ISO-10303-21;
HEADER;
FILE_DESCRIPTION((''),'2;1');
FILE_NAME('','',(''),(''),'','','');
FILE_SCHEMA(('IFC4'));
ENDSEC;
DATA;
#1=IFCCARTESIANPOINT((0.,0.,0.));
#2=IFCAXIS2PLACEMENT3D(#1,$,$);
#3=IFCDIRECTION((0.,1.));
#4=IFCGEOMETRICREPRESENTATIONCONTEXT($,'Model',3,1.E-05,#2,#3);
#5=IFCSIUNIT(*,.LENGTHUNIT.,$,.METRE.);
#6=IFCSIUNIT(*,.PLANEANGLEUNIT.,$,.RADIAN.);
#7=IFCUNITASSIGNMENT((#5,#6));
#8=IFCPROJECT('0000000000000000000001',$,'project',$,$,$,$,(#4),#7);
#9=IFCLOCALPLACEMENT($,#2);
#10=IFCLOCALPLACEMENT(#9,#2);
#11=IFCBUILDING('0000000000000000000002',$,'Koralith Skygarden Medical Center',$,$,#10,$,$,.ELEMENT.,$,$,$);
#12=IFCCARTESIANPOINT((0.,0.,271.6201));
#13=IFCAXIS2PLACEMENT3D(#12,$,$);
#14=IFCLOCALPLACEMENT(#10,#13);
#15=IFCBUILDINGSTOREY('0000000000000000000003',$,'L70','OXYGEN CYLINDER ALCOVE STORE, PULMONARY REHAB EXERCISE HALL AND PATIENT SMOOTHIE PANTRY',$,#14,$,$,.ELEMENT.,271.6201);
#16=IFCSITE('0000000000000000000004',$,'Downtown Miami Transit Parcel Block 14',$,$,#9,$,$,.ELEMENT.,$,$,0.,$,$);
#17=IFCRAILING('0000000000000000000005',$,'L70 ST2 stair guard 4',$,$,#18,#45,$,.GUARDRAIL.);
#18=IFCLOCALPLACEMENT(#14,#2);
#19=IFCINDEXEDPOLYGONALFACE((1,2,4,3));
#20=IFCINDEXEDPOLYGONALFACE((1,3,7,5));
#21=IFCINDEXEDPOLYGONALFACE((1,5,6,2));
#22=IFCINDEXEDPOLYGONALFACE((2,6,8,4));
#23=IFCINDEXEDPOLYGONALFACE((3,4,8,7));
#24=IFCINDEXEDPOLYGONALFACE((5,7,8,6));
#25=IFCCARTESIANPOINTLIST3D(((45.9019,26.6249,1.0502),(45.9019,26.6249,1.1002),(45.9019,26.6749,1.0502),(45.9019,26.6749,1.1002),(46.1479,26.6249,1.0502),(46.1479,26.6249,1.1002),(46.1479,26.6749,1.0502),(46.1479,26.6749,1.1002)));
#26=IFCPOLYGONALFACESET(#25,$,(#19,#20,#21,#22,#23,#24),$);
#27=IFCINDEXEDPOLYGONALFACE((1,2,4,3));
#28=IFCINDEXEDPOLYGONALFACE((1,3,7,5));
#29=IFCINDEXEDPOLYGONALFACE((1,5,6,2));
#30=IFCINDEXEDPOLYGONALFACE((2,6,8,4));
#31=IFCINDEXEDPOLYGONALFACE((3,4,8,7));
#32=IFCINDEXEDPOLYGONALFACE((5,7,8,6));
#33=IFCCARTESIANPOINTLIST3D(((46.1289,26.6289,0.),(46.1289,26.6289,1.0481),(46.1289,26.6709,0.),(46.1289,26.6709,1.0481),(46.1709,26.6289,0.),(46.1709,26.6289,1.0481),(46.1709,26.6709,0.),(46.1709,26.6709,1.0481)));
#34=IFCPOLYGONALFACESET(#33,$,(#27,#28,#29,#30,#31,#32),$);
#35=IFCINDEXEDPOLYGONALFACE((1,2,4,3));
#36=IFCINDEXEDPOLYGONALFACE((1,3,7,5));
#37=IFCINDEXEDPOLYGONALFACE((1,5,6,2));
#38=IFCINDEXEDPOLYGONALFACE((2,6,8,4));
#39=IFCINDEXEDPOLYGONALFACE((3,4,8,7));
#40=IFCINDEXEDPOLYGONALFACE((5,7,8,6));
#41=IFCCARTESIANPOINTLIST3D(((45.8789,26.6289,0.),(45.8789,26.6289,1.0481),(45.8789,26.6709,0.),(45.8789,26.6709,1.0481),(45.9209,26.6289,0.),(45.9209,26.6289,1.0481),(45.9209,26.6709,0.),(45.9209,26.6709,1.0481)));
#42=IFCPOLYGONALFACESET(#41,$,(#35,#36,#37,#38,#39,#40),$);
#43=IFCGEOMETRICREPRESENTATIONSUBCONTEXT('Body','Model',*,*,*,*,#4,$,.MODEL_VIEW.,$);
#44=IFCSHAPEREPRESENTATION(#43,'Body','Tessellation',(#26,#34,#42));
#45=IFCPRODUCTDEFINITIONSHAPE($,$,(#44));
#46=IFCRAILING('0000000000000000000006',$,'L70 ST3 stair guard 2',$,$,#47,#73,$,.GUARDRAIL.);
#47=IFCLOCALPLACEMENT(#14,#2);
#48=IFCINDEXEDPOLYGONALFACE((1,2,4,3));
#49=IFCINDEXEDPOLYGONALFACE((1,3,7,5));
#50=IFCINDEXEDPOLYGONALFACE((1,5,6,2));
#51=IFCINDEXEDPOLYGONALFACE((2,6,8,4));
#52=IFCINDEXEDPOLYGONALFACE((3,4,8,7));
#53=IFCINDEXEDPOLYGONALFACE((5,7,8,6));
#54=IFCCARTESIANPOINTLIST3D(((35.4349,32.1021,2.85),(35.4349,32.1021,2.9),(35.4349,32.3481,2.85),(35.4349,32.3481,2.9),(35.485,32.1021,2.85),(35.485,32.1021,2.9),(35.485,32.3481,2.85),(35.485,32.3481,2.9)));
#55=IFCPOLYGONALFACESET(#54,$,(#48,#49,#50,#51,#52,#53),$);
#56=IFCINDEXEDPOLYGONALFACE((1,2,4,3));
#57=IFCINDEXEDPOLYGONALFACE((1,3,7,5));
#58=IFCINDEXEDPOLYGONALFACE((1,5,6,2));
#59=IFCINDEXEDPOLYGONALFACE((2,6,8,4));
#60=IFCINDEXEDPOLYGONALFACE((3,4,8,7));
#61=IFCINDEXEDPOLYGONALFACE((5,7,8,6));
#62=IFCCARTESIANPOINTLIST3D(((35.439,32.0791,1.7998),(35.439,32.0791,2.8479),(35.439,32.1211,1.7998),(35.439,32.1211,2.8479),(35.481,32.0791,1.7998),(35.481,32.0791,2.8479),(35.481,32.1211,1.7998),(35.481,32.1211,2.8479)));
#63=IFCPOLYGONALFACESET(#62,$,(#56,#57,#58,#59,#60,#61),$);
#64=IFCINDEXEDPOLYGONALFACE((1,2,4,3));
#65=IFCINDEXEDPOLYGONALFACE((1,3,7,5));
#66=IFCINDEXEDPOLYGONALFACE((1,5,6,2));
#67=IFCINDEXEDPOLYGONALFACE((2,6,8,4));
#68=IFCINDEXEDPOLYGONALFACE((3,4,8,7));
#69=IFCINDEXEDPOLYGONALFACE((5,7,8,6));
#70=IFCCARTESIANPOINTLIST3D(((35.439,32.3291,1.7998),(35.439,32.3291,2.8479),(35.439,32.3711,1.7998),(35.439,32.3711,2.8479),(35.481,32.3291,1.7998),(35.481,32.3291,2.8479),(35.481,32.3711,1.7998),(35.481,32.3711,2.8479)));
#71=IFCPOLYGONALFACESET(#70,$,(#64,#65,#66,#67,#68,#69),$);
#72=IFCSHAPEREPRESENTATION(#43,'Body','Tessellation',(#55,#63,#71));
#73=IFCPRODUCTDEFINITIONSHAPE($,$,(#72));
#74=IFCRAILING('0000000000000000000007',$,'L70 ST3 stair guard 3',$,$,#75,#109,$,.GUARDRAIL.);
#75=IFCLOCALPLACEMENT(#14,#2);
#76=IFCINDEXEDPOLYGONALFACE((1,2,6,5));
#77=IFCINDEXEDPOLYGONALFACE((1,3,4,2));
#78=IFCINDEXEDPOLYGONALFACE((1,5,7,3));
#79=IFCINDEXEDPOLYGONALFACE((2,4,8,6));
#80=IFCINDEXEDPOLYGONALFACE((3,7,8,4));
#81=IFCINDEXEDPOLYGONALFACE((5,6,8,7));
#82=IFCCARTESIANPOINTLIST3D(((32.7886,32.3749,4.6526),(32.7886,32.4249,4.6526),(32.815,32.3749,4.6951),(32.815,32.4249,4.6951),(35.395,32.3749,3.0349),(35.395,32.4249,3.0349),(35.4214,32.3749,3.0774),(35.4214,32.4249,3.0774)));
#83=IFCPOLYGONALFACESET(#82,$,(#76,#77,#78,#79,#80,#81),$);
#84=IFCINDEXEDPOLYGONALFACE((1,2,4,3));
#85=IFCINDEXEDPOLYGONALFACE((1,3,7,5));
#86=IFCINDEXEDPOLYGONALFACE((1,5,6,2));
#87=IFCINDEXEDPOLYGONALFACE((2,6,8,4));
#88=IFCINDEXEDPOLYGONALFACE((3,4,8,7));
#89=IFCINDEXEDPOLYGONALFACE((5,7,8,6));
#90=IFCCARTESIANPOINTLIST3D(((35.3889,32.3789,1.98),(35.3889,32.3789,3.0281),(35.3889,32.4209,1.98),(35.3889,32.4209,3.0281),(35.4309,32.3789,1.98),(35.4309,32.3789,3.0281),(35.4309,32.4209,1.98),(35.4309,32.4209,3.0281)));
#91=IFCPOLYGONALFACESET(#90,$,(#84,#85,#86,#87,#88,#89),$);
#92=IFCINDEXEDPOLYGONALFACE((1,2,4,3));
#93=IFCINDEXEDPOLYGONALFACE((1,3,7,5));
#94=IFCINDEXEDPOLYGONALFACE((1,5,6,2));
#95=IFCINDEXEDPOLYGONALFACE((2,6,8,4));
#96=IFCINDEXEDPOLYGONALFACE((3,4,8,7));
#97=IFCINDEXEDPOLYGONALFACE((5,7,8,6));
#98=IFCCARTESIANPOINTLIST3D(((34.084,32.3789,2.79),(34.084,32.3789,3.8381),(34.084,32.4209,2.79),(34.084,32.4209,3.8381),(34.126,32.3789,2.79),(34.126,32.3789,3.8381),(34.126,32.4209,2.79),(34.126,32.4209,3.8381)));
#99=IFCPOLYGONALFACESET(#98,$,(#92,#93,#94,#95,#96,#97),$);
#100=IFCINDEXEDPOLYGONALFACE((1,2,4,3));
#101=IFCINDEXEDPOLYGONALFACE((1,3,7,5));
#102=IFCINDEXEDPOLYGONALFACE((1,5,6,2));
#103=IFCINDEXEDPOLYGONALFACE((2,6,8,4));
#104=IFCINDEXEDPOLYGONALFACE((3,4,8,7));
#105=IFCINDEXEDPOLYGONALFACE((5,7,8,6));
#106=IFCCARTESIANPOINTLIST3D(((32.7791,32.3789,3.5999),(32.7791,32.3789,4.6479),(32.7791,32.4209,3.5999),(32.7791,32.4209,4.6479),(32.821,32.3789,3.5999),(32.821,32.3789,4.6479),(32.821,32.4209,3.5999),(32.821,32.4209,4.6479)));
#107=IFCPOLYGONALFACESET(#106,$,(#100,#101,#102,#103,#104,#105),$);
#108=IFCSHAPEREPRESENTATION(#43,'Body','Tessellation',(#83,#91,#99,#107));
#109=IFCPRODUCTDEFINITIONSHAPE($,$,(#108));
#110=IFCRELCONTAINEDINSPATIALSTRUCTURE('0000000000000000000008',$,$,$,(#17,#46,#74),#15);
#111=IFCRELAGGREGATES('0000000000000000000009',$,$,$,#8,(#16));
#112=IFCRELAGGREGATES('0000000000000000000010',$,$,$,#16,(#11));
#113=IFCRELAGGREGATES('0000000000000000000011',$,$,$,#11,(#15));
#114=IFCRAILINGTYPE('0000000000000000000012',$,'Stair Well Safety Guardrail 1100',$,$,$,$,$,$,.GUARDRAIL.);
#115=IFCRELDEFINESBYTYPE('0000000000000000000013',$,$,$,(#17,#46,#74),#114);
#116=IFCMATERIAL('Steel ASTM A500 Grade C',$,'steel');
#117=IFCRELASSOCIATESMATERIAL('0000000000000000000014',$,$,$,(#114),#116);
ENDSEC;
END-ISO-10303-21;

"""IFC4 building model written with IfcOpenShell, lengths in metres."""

from ifc_helpers import new_model, si_unit, direction, frame, origin, origin_2d, place, context, subcontext, project, spatial, rectangle, extrude, material, type_object, element, save


model = new_model("IFC4")

# Units and contexts
model_context = context("Model", 3, precision=1e-05, world=origin(), true_north=direction((0.0, 1.0)))
body_context = subcontext(model_context, "Body", "Model", "MODEL_VIEW")
ifc_project = project(units=[si_unit("LENGTHUNIT", "METRE"), si_unit("PLANEANGLEUNIT", "RADIAN")], contexts=[model_context])

# Site, building, storey
site_placement = place(None, origin())
site = spatial("IfcSite", under=ifc_project, at=site_placement, Name="Downtown Miami Transit Parcel Block 14", CompositionType="ELEMENT", RefElevation=0.0)
building_placement = place(site_placement, origin())
building = spatial("IfcBuilding", under=site, at=building_placement, Name="Koralith Skygarden Medical Center", CompositionType="ELEMENT")
storey_placement = place(building_placement, frame((0.0, 0.0, 271.6201)))
storey = spatial("IfcBuildingStorey", under=building, at=storey_placement, Name="L70", Description="OXYGEN CYLINDER ALCOVE STORE, PULMONARY REHAB EXERCISE HALL AND PATIENT SMOOTHIE PANTRY", CompositionType="ELEMENT", Elevation=271.6201)

# Railings
ifc_material_1 = material(Name="Steel ASTM A500 Grade C", Category="steel")
railing_type_1 = type_object("IfcRailingType", Name="Stair Well Safety Guardrail 1100", PredefinedType="GUARDRAIL", material=ifc_material_1)
railing_1_placement = place(storey_placement, frame((46.1499, 26.6499, 0.0)))
element("IfcRailing", 1, at=railing_1_placement, inside=storey, type_object=railing_type_1, Name="L70 ST2 stair guard 4", PredefinedType="GUARDRAIL", context=body_context, shape_type="SweptSolid", body=[
    extrude(rectangle(XDim=0.05, YDim=0.05, at=origin_2d()), frame((-0.002, 0.0, 1.0752), z_axis=(-1.0, 0.0, 0.0), x_axis=(0.0, -1.0, 0.0)), (0.0, 0.0, 1.0), 0.2461),
    extrude(rectangle(XDim=0.042, YDim=0.042, at=origin_2d()), origin(), (0.0, 0.0, 1.0), 1.0481),
    extrude(rectangle(XDim=0.042, YDim=0.042, at=origin_2d()), frame((-0.25, 0.0, 0.0)), (0.0, 0.0, 1.0), 1.0481),
])
railing_2_placement = place(storey_placement, frame((35.46, 32.1001, 1.7998)))
element("IfcRailing", 2, at=railing_2_placement, inside=storey, type_object=railing_type_1, Name="L70 ST3 stair guard 2", PredefinedType="GUARDRAIL", context=body_context, shape_type="SweptSolid", body=[
    extrude(rectangle(XDim=0.05, YDim=0.05, at=origin_2d()), frame((0.0, 0.002, 1.0752), z_axis=(0.0, 1.0, 0.0), x_axis=(-1.0, 0.0, 0.0)), (0.0, 0.0, 1.0), 0.2461),
    extrude(rectangle(XDim=0.042, YDim=0.042, at=origin_2d()), origin(), (0.0, 0.0, 1.0), 1.0481),
    extrude(rectangle(XDim=0.042, YDim=0.042, at=origin_2d()), frame((0.0, 0.25, 0.0)), (0.0, 0.0, 1.0), 1.0481),
])
railing_3_placement = place(storey_placement, frame((35.4099, 32.3999, 1.98)))
element("IfcRailing", 3, at=railing_3_placement, inside=storey, type_object=railing_type_1, Name="L70 ST3 stair guard 3", PredefinedType="GUARDRAIL", context=body_context, shape_type="SweptSolid", body=[
    extrude(rectangle(XDim=0.05, YDim=0.05, at=origin_2d()), frame((-0.0017, 0.0, 1.0762), z_axis=(-0.849646, 0.0, 0.527353), x_axis=(0.0, -1.0, 0.0)), (0.0, 0.0, 1.0), 3.0676),
    extrude(rectangle(XDim=0.042, YDim=0.042, at=origin_2d()), origin(), (0.0, 0.0, 1.0), 1.0481),
    extrude(rectangle(XDim=0.042, YDim=0.042, at=origin_2d()), frame((-1.3049, 0.0, 0.8101)), (0.0, 0.0, 1.0), 1.0481),
    extrude(rectangle(XDim=0.042, YDim=0.042, at=origin_2d()), frame((-2.6099, 0.0, 1.6199)), (0.0, 0.0, 1.0), 1.0481),
])

save(model, "model.ifc")
